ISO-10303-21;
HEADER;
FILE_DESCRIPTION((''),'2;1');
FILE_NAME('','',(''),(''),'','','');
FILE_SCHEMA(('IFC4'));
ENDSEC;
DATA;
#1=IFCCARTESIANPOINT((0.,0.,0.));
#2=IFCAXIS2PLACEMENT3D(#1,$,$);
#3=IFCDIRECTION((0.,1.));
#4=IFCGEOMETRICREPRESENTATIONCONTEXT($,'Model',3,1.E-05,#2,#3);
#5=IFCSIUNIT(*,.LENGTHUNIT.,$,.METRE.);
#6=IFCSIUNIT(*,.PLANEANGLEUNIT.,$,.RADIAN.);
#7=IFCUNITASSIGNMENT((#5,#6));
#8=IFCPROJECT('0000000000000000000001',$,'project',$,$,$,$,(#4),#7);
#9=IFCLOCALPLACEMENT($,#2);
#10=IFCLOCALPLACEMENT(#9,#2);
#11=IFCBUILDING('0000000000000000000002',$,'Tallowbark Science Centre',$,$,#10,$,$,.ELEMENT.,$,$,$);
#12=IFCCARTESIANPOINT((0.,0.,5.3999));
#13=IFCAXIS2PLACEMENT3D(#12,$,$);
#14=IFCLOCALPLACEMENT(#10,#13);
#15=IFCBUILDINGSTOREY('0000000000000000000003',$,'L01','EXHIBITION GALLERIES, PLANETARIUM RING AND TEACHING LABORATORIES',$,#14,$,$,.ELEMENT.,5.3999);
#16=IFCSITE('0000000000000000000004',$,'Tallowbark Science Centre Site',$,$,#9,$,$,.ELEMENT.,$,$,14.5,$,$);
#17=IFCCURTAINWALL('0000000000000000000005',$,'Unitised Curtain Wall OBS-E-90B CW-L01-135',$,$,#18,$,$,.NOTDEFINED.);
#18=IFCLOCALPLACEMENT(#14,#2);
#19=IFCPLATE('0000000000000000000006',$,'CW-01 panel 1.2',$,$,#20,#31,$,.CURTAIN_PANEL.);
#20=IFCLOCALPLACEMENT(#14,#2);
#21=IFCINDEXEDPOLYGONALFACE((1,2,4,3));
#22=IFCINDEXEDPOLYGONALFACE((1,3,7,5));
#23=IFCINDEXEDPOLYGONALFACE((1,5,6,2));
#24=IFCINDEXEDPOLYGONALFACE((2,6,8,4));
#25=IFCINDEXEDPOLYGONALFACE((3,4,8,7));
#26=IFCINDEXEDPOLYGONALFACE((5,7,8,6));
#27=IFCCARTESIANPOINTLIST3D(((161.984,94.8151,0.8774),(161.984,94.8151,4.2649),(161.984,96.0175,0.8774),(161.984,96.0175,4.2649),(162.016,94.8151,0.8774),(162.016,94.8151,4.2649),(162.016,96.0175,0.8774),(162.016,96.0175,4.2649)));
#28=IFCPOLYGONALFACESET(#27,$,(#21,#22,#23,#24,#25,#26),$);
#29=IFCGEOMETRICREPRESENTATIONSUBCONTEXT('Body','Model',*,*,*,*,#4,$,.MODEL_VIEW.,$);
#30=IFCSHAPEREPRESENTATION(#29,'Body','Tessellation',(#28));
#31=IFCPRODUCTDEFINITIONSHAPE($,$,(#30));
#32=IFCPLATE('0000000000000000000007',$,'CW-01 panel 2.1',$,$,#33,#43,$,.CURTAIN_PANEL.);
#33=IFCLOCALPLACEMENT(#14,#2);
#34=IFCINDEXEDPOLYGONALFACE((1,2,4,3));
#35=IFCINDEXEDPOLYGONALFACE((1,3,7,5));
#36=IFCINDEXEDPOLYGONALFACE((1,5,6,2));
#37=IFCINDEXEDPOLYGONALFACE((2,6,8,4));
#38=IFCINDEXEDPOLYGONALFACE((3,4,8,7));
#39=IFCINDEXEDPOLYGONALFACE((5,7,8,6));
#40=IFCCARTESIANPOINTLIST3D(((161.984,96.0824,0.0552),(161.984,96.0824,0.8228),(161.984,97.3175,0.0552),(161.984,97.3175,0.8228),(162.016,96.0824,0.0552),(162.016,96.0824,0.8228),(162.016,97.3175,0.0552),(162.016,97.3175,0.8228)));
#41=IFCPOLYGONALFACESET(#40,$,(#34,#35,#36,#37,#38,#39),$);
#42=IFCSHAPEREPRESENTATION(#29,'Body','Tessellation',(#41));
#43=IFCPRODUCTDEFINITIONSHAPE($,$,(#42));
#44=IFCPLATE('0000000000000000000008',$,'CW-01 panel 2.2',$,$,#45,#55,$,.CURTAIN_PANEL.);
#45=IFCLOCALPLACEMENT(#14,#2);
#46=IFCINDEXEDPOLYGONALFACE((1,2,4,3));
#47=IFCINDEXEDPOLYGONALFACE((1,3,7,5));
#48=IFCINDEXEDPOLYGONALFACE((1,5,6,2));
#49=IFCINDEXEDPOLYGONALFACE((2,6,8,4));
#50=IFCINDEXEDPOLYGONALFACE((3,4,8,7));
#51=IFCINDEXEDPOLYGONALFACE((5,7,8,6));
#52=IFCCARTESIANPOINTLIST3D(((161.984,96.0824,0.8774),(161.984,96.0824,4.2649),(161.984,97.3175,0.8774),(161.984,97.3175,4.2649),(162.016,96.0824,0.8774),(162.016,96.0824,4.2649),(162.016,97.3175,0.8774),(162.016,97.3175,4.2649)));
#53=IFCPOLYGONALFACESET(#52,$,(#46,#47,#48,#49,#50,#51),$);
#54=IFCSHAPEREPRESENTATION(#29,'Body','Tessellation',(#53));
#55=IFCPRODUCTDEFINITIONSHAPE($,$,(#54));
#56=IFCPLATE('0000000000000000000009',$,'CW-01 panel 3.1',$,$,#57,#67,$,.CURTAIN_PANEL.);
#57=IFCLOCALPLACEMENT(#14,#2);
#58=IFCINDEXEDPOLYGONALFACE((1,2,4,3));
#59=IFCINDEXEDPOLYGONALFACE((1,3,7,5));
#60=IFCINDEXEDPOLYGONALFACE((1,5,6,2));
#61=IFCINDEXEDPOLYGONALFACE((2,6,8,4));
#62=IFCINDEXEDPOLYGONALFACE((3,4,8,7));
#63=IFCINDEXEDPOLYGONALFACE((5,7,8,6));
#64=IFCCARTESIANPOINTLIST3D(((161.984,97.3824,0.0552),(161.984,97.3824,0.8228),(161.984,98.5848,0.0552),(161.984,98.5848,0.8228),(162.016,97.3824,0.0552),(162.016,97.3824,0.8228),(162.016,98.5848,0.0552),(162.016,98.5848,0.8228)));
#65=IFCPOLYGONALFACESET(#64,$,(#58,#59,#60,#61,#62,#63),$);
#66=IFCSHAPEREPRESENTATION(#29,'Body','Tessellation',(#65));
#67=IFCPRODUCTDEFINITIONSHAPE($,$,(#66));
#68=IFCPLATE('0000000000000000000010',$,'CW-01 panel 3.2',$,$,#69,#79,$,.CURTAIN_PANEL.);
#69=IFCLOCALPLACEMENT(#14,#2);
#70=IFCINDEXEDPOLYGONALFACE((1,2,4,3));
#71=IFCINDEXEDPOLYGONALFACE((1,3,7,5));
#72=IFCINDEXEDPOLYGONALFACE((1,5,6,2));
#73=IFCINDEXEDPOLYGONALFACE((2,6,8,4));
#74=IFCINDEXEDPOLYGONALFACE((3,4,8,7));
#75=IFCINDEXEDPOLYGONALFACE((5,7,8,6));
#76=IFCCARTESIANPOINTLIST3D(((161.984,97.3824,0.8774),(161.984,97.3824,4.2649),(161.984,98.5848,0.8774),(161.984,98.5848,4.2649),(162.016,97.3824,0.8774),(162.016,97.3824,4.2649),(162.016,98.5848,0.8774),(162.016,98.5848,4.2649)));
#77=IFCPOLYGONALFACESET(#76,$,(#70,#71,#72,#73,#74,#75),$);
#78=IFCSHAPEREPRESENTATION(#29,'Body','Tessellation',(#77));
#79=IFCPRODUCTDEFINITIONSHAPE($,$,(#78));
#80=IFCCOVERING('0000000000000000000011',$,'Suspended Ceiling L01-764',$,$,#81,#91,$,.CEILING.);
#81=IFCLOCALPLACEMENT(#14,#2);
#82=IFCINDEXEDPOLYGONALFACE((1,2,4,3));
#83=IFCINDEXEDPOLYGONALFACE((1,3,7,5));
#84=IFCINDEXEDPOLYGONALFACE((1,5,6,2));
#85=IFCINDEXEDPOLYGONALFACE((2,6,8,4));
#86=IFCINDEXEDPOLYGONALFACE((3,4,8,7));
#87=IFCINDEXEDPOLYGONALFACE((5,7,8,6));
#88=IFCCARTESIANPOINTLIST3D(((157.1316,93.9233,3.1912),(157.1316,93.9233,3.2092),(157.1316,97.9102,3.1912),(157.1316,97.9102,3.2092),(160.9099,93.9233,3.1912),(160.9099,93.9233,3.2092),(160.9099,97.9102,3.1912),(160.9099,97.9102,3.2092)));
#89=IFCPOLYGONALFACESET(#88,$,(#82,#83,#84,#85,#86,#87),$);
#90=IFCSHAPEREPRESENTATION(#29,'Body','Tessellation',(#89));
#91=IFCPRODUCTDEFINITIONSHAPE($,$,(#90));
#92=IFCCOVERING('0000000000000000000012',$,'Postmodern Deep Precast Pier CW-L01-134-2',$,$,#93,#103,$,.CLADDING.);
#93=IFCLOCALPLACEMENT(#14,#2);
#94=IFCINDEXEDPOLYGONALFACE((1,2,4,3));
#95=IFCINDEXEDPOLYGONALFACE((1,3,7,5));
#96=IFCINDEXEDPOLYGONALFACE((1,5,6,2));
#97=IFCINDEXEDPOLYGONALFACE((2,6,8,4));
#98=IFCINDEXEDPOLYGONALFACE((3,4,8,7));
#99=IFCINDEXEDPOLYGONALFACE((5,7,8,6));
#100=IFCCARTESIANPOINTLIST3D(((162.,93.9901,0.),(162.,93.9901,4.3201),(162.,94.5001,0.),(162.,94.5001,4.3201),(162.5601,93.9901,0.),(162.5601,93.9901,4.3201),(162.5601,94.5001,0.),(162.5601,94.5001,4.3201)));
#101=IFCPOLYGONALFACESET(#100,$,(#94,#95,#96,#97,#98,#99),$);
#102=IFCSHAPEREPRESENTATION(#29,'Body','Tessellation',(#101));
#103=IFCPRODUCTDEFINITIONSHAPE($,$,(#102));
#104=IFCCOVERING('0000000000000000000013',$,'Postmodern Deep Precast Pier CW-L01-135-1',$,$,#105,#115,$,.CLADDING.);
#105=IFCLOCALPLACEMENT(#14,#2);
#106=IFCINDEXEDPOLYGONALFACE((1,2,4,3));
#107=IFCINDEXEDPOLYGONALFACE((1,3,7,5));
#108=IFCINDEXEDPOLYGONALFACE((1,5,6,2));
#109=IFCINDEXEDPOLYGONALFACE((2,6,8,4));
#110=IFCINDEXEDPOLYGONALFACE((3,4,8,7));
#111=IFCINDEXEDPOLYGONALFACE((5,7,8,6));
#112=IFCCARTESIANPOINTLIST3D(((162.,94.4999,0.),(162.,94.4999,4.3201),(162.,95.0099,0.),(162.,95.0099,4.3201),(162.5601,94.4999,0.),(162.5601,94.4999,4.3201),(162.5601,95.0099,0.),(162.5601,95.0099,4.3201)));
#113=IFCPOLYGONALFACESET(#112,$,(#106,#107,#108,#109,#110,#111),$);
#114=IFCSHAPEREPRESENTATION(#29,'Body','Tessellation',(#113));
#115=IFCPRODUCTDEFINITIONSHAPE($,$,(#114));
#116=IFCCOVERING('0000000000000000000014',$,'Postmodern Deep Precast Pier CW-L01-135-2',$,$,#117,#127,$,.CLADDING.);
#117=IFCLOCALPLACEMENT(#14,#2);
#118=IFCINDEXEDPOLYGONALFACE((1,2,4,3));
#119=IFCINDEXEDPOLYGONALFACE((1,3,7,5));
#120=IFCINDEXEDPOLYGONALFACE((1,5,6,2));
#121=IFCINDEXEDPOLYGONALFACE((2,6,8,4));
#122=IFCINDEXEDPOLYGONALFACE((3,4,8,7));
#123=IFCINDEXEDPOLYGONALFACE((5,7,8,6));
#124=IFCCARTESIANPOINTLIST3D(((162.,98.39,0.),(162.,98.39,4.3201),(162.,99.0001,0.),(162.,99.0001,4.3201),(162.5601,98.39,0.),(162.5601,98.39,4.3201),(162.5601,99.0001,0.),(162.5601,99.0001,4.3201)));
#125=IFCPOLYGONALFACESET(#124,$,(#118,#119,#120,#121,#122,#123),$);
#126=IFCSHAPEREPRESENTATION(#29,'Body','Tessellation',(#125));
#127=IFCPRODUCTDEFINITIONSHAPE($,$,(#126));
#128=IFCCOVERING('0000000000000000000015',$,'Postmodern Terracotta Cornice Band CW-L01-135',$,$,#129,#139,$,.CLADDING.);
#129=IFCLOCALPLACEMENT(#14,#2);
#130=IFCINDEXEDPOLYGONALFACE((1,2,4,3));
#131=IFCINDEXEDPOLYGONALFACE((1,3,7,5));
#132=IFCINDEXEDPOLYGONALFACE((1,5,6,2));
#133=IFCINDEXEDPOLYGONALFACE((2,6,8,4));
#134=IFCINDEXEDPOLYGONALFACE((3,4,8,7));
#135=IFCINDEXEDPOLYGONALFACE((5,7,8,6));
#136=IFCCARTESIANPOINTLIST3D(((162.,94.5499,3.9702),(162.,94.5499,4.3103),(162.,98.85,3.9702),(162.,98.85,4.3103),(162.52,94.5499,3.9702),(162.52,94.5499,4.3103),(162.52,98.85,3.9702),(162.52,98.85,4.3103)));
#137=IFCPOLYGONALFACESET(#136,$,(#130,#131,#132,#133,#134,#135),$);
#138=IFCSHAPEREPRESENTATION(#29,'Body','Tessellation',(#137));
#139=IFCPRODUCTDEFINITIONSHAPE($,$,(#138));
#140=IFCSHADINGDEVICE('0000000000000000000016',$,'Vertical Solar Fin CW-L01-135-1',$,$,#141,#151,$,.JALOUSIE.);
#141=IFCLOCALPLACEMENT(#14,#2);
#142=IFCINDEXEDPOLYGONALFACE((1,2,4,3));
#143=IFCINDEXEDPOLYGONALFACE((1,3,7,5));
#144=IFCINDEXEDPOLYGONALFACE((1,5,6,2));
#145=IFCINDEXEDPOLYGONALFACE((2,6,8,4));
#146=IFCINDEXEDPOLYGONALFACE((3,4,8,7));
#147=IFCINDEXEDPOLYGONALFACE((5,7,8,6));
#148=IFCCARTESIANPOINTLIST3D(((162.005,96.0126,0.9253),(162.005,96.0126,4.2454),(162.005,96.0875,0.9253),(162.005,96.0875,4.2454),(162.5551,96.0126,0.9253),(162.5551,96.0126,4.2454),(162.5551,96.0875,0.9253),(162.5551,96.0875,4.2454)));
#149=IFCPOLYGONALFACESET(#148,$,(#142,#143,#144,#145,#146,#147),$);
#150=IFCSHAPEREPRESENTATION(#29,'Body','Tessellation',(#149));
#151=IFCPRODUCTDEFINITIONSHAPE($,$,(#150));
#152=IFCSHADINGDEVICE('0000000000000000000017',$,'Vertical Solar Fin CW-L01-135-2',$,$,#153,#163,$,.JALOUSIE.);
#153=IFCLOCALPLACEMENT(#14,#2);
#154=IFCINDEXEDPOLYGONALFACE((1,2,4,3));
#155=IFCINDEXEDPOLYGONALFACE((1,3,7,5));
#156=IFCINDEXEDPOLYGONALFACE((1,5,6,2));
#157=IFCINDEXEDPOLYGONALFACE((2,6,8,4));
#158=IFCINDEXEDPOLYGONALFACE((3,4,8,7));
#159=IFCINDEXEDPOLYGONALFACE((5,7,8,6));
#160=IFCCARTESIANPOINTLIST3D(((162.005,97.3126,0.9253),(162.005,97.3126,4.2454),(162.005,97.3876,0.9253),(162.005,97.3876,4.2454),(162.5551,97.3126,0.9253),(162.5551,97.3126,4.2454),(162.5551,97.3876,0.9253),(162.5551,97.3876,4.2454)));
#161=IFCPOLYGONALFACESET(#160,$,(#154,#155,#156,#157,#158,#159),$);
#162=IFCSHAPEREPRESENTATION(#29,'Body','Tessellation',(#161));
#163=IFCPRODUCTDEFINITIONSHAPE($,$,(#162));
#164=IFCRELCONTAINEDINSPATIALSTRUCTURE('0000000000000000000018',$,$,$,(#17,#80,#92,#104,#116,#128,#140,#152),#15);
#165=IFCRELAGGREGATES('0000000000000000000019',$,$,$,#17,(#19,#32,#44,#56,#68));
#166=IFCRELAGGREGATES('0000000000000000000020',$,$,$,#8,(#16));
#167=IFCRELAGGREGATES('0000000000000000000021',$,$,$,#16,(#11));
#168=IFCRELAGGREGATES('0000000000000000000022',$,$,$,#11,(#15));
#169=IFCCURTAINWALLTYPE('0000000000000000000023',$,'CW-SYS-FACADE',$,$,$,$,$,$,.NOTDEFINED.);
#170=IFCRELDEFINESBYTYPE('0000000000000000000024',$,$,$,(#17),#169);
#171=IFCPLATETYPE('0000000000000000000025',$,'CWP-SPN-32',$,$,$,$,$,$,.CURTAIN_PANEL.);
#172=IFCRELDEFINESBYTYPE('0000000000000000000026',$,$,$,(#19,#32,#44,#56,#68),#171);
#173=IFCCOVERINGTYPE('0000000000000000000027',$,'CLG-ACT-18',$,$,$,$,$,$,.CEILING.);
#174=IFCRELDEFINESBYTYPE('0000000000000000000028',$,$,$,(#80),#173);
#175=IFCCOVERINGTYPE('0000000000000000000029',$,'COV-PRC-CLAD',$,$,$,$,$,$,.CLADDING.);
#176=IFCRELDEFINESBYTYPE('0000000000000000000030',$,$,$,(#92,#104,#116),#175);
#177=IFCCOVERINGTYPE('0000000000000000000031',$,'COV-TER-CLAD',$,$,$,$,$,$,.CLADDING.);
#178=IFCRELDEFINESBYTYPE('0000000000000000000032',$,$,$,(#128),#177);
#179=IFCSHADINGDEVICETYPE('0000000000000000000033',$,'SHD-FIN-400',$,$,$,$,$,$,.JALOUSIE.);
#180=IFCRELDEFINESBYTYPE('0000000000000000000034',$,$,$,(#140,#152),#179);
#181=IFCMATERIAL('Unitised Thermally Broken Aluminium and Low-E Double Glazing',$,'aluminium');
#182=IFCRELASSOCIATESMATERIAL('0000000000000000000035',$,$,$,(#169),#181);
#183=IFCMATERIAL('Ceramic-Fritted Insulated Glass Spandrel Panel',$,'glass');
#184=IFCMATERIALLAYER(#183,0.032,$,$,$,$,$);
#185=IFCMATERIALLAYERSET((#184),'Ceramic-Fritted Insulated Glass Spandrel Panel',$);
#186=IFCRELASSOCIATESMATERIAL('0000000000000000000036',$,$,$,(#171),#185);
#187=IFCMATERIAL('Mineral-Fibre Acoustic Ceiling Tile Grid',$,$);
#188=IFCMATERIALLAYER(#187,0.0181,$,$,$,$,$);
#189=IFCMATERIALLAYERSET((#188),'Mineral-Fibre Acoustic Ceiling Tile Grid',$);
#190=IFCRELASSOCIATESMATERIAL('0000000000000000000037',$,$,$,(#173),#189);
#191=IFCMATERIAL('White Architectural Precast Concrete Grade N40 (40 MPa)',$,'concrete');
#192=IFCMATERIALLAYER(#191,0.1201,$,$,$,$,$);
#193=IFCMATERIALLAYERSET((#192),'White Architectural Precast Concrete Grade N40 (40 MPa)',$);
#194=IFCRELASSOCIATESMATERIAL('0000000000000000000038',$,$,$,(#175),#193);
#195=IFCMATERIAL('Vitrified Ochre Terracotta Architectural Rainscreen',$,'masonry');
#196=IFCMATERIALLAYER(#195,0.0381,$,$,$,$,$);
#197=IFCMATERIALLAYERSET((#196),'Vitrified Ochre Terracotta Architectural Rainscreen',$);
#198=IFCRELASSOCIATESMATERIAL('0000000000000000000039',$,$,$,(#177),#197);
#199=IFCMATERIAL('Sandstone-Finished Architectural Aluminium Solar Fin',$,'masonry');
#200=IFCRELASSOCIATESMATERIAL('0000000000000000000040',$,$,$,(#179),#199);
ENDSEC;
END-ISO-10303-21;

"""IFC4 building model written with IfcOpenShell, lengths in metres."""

from ifc_helpers import new_model, si_unit, direction, frame, origin, origin_2d, place, context, subcontext, project, spatial, rectangle, extrude, material, layer, layer_set, type_object, element, aggregate, save


model = new_model("IFC4")

# Units and contexts
model_context = context("Model", 3, precision=1e-05, world=origin(), true_north=direction((0.0, 1.0)))
body_context = subcontext(model_context, "Body", "Model", "MODEL_VIEW")
ifc_project = project(units=[si_unit("LENGTHUNIT", "METRE"), si_unit("PLANEANGLEUNIT", "RADIAN")], contexts=[model_context])

# Site, building, storey
site_placement = place(None, origin())
site = spatial("IfcSite", under=ifc_project, at=site_placement, Name="Tallowbark Science Centre Site", CompositionType="ELEMENT", RefElevation=14.5)
building_placement = place(site_placement, origin())
building = spatial("IfcBuilding", under=site, at=building_placement, Name="Tallowbark Science Centre", CompositionType="ELEMENT")
storey_placement = place(building_placement, frame((0.0, 0.0, 5.3999)))
storey = spatial("IfcBuildingStorey", under=building, at=storey_placement, Name="L01", Description="EXHIBITION GALLERIES, PLANETARIUM RING AND TEACHING LABORATORIES", CompositionType="ELEMENT", Elevation=5.3999)

# Curtain wall, plates
ifc_material_1 = material(Name="Unitised Thermally Broken Aluminium and Low-E Double Glazing", Category="aluminium")
curtain_wall_type = type_object("IfcCurtainWallType", Name="CW-SYS-FACADE", PredefinedType="NOTDEFINED", material=ifc_material_1)
curtain_wall_placement = place(storey_placement, origin())
curtain_wall = element("IfcCurtainWall", 1, at=curtain_wall_placement, inside=storey, type_object=curtain_wall_type, Name="Unitised Curtain Wall OBS-E-90B CW-L01-135", PredefinedType="NOTDEFINED")
ifc_material_2 = material(Name="Ceramic-Fritted Insulated Glass Spandrel Panel", Category="glass")
ifc_layer_1 = layer(ifc_material_2, 0.032)
ifc_layer_set_1 = layer_set([ifc_layer_1], Name="Ceramic-Fritted Insulated Glass Spandrel Panel")
plate_type = type_object("IfcPlateType", Name="CWP-SPN-32", PredefinedType="CURTAIN_PANEL", material=ifc_layer_set_1)
plate_1_placement = place(storey_placement, frame((162.0, 95.4163, 0.8774), z_axis=(0.0, 0.0, 1.0), x_axis=(0.0, 1.0, 0.0)))
plate_1 = element("IfcPlate", 2, at=plate_1_placement, type_object=plate_type, Name="CW-01 panel 1.2", PredefinedType="CURTAIN_PANEL", context=body_context, shape_type="SweptSolid", body=[
    extrude(rectangle(XDim=1.2024, YDim=0.032, at=origin_2d()), origin(), (0.0, 0.0, 1.0), 3.3875),
])
plate_2_placement = place(storey_placement, frame((162.0, 96.7, 0.0552), z_axis=(0.0, 0.0, 1.0), x_axis=(0.0, 1.0, 0.0)))
plate_2 = element("IfcPlate", 3, at=plate_2_placement, type_object=plate_type, Name="CW-01 panel 2.1", PredefinedType="CURTAIN_PANEL", context=body_context, shape_type="SweptSolid", body=[
    extrude(rectangle(XDim=1.2351, YDim=0.032, at=origin_2d()), origin(), (0.0, 0.0, 1.0), 0.7676),
])
plate_3_placement = place(storey_placement, frame((162.0, 96.7, 0.8774), z_axis=(0.0, 0.0, 1.0), x_axis=(0.0, 1.0, 0.0)))
plate_3 = element("IfcPlate", 4, at=plate_3_placement, type_object=plate_type, Name="CW-01 panel 2.2", PredefinedType="CURTAIN_PANEL", context=body_context, shape_type="SweptSolid", body=[
    extrude(rectangle(XDim=1.2351, YDim=0.032, at=origin_2d()), origin(), (0.0, 0.0, 1.0), 3.3875),
])
plate_4_placement = place(storey_placement, frame((162.0, 97.9836, 0.0552), z_axis=(0.0, 0.0, 1.0), x_axis=(0.0, 1.0, 0.0)))
plate_4 = element("IfcPlate", 5, at=plate_4_placement, type_object=plate_type, Name="CW-01 panel 3.1", PredefinedType="CURTAIN_PANEL", context=body_context, shape_type="SweptSolid", body=[
    extrude(rectangle(XDim=1.2024, YDim=0.032, at=origin_2d()), origin(), (0.0, 0.0, 1.0), 0.7676),
])
plate_5_placement = place(storey_placement, frame((162.0, 97.9836, 0.8774), z_axis=(0.0, 0.0, 1.0), x_axis=(0.0, 1.0, 0.0)))
plate_5 = element("IfcPlate", 6, at=plate_5_placement, type_object=plate_type, Name="CW-01 panel 3.2", PredefinedType="CURTAIN_PANEL", context=body_context, shape_type="SweptSolid", body=[
    extrude(rectangle(XDim=1.2024, YDim=0.032, at=origin_2d()), origin(), (0.0, 0.0, 1.0), 3.3875),
])
aggregate(curtain_wall, [plate_1, plate_2, plate_3, plate_4, plate_5])

# Coverings
ifc_material_3 = material(Name="Mineral-Fibre Acoustic Ceiling Tile Grid")
ifc_layer_2 = layer(ifc_material_3, 0.0181)
ifc_layer_set_2 = layer_set([ifc_layer_2], Name="Mineral-Fibre Acoustic Ceiling Tile Grid")
covering_type_1 = type_object("IfcCoveringType", Name="CLG-ACT-18", PredefinedType="CEILING", material=ifc_layer_set_2)
covering_1_placement = place(storey_placement, frame((159.0208, 95.9167, 3.1912), z_axis=(0.0, 0.0, 1.0), x_axis=(1.0, 0.0, 0.0)))
element("IfcCovering", 7, at=covering_1_placement, inside=storey, type_object=covering_type_1, Name="Suspended Ceiling L01-764", PredefinedType="CEILING", context=body_context, shape_type="SweptSolid", body=[
    extrude(rectangle(XDim=3.7783, YDim=3.9868, at=origin_2d()), origin(), (0.0, 0.0, 1.0), 0.0181),
])
ifc_material_4 = material(Name="White Architectural Precast Concrete Grade N40 (40 MPa)", Category="concrete")
ifc_layer_3 = layer(ifc_material_4, 0.1201)
ifc_layer_set_3 = layer_set([ifc_layer_3], Name="White Architectural Precast Concrete Grade N40 (40 MPa)")
covering_type_2 = type_object("IfcCoveringType", Name="COV-PRC-CLAD", PredefinedType="CLADDING", material=ifc_layer_set_3)
for number, where, z_axis, x_axis, name in (
    (8, (162.28, 94.2451, 0.0), (0.0, 0.0, 1.0), (0.0, 1.0, 0.0), "Postmodern Deep Precast Pier CW-L01-134-2"),
    (9, (162.28, 94.7549, 0.0), (0.0, 0.0, 1.0), (0.0, 1.0, 0.0), "Postmodern Deep Precast Pier CW-L01-135-1"),
):
    element("IfcCovering", number, at=place(storey_placement, frame(where, z_axis=z_axis, x_axis=x_axis)), inside=storey, type_object=covering_type_2, Name=name, PredefinedType="CLADDING", context=body_context, shape_type="SweptSolid", body=[
        extrude(rectangle(XDim=0.51, YDim=0.5601, at=origin_2d()), origin(), (0.0, 0.0, 1.0), 4.3201),
    ])
covering_2_placement = place(storey_placement, frame((162.28, 98.6951, 0.0), z_axis=(0.0, 0.0, 1.0), x_axis=(0.0, 1.0, 0.0)))
element("IfcCovering", 10, at=covering_2_placement, inside=storey, type_object=covering_type_2, Name="Postmodern Deep Precast Pier CW-L01-135-2", PredefinedType="CLADDING", context=body_context, shape_type="SweptSolid", body=[
    extrude(rectangle(XDim=0.6101, YDim=0.5601, at=origin_2d()), origin(), (0.0, 0.0, 1.0), 4.3201),
])
ifc_material_5 = material(Name="Vitrified Ochre Terracotta Architectural Rainscreen", Category="masonry")
ifc_layer_4 = layer(ifc_material_5, 0.0381)
ifc_layer_set_4 = layer_set([ifc_layer_4], Name="Vitrified Ochre Terracotta Architectural Rainscreen")
covering_type_3 = type_object("IfcCoveringType", Name="COV-TER-CLAD", PredefinedType="CLADDING", material=ifc_layer_set_4)
covering_3_placement = place(storey_placement, frame((162.26, 96.7, 3.9702), z_axis=(0.0, 0.0, 1.0), x_axis=(0.0, 1.0, 0.0)))
element("IfcCovering", 11, at=covering_3_placement, inside=storey, type_object=covering_type_3, Name="Postmodern Terracotta Cornice Band CW-L01-135", PredefinedType="CLADDING", context=body_context, shape_type="SweptSolid", body=[
    extrude(rectangle(XDim=4.3, YDim=0.52, at=origin_2d()), origin(), (0.0, 0.0, 1.0), 0.3401),
])

# Shading devices
ifc_material_6 = material(Name="Sandstone-Finished Architectural Aluminium Solar Fin", Category="masonry")
shading_device_type = type_object("IfcShadingDeviceType", Name="SHD-FIN-400", PredefinedType="JALOUSIE", material=ifc_material_6)
for number, where, z_axis, x_axis, name in (
    (12, (162.28, 96.05, 0.9253), (0.0, 0.0, 1.0), (0.0, 1.0, 0.0), "Vertical Solar Fin CW-L01-135-1"),
    (13, (162.28, 97.3501, 0.9253), (0.0, 0.0, 1.0), (0.0, 1.0, 0.0), "Vertical Solar Fin CW-L01-135-2"),
):
    element("IfcShadingDevice", number, at=place(storey_placement, frame(where, z_axis=z_axis, x_axis=x_axis)), inside=storey, type_object=shading_device_type, Name=name, PredefinedType="JALOUSIE", context=body_context, shape_type="SweptSolid", body=[
        extrude(rectangle(XDim=0.075, YDim=0.55, at=origin_2d()), origin(), (0.0, 0.0, 1.0), 3.3201),
    ])

save(model, "model.ifc")
